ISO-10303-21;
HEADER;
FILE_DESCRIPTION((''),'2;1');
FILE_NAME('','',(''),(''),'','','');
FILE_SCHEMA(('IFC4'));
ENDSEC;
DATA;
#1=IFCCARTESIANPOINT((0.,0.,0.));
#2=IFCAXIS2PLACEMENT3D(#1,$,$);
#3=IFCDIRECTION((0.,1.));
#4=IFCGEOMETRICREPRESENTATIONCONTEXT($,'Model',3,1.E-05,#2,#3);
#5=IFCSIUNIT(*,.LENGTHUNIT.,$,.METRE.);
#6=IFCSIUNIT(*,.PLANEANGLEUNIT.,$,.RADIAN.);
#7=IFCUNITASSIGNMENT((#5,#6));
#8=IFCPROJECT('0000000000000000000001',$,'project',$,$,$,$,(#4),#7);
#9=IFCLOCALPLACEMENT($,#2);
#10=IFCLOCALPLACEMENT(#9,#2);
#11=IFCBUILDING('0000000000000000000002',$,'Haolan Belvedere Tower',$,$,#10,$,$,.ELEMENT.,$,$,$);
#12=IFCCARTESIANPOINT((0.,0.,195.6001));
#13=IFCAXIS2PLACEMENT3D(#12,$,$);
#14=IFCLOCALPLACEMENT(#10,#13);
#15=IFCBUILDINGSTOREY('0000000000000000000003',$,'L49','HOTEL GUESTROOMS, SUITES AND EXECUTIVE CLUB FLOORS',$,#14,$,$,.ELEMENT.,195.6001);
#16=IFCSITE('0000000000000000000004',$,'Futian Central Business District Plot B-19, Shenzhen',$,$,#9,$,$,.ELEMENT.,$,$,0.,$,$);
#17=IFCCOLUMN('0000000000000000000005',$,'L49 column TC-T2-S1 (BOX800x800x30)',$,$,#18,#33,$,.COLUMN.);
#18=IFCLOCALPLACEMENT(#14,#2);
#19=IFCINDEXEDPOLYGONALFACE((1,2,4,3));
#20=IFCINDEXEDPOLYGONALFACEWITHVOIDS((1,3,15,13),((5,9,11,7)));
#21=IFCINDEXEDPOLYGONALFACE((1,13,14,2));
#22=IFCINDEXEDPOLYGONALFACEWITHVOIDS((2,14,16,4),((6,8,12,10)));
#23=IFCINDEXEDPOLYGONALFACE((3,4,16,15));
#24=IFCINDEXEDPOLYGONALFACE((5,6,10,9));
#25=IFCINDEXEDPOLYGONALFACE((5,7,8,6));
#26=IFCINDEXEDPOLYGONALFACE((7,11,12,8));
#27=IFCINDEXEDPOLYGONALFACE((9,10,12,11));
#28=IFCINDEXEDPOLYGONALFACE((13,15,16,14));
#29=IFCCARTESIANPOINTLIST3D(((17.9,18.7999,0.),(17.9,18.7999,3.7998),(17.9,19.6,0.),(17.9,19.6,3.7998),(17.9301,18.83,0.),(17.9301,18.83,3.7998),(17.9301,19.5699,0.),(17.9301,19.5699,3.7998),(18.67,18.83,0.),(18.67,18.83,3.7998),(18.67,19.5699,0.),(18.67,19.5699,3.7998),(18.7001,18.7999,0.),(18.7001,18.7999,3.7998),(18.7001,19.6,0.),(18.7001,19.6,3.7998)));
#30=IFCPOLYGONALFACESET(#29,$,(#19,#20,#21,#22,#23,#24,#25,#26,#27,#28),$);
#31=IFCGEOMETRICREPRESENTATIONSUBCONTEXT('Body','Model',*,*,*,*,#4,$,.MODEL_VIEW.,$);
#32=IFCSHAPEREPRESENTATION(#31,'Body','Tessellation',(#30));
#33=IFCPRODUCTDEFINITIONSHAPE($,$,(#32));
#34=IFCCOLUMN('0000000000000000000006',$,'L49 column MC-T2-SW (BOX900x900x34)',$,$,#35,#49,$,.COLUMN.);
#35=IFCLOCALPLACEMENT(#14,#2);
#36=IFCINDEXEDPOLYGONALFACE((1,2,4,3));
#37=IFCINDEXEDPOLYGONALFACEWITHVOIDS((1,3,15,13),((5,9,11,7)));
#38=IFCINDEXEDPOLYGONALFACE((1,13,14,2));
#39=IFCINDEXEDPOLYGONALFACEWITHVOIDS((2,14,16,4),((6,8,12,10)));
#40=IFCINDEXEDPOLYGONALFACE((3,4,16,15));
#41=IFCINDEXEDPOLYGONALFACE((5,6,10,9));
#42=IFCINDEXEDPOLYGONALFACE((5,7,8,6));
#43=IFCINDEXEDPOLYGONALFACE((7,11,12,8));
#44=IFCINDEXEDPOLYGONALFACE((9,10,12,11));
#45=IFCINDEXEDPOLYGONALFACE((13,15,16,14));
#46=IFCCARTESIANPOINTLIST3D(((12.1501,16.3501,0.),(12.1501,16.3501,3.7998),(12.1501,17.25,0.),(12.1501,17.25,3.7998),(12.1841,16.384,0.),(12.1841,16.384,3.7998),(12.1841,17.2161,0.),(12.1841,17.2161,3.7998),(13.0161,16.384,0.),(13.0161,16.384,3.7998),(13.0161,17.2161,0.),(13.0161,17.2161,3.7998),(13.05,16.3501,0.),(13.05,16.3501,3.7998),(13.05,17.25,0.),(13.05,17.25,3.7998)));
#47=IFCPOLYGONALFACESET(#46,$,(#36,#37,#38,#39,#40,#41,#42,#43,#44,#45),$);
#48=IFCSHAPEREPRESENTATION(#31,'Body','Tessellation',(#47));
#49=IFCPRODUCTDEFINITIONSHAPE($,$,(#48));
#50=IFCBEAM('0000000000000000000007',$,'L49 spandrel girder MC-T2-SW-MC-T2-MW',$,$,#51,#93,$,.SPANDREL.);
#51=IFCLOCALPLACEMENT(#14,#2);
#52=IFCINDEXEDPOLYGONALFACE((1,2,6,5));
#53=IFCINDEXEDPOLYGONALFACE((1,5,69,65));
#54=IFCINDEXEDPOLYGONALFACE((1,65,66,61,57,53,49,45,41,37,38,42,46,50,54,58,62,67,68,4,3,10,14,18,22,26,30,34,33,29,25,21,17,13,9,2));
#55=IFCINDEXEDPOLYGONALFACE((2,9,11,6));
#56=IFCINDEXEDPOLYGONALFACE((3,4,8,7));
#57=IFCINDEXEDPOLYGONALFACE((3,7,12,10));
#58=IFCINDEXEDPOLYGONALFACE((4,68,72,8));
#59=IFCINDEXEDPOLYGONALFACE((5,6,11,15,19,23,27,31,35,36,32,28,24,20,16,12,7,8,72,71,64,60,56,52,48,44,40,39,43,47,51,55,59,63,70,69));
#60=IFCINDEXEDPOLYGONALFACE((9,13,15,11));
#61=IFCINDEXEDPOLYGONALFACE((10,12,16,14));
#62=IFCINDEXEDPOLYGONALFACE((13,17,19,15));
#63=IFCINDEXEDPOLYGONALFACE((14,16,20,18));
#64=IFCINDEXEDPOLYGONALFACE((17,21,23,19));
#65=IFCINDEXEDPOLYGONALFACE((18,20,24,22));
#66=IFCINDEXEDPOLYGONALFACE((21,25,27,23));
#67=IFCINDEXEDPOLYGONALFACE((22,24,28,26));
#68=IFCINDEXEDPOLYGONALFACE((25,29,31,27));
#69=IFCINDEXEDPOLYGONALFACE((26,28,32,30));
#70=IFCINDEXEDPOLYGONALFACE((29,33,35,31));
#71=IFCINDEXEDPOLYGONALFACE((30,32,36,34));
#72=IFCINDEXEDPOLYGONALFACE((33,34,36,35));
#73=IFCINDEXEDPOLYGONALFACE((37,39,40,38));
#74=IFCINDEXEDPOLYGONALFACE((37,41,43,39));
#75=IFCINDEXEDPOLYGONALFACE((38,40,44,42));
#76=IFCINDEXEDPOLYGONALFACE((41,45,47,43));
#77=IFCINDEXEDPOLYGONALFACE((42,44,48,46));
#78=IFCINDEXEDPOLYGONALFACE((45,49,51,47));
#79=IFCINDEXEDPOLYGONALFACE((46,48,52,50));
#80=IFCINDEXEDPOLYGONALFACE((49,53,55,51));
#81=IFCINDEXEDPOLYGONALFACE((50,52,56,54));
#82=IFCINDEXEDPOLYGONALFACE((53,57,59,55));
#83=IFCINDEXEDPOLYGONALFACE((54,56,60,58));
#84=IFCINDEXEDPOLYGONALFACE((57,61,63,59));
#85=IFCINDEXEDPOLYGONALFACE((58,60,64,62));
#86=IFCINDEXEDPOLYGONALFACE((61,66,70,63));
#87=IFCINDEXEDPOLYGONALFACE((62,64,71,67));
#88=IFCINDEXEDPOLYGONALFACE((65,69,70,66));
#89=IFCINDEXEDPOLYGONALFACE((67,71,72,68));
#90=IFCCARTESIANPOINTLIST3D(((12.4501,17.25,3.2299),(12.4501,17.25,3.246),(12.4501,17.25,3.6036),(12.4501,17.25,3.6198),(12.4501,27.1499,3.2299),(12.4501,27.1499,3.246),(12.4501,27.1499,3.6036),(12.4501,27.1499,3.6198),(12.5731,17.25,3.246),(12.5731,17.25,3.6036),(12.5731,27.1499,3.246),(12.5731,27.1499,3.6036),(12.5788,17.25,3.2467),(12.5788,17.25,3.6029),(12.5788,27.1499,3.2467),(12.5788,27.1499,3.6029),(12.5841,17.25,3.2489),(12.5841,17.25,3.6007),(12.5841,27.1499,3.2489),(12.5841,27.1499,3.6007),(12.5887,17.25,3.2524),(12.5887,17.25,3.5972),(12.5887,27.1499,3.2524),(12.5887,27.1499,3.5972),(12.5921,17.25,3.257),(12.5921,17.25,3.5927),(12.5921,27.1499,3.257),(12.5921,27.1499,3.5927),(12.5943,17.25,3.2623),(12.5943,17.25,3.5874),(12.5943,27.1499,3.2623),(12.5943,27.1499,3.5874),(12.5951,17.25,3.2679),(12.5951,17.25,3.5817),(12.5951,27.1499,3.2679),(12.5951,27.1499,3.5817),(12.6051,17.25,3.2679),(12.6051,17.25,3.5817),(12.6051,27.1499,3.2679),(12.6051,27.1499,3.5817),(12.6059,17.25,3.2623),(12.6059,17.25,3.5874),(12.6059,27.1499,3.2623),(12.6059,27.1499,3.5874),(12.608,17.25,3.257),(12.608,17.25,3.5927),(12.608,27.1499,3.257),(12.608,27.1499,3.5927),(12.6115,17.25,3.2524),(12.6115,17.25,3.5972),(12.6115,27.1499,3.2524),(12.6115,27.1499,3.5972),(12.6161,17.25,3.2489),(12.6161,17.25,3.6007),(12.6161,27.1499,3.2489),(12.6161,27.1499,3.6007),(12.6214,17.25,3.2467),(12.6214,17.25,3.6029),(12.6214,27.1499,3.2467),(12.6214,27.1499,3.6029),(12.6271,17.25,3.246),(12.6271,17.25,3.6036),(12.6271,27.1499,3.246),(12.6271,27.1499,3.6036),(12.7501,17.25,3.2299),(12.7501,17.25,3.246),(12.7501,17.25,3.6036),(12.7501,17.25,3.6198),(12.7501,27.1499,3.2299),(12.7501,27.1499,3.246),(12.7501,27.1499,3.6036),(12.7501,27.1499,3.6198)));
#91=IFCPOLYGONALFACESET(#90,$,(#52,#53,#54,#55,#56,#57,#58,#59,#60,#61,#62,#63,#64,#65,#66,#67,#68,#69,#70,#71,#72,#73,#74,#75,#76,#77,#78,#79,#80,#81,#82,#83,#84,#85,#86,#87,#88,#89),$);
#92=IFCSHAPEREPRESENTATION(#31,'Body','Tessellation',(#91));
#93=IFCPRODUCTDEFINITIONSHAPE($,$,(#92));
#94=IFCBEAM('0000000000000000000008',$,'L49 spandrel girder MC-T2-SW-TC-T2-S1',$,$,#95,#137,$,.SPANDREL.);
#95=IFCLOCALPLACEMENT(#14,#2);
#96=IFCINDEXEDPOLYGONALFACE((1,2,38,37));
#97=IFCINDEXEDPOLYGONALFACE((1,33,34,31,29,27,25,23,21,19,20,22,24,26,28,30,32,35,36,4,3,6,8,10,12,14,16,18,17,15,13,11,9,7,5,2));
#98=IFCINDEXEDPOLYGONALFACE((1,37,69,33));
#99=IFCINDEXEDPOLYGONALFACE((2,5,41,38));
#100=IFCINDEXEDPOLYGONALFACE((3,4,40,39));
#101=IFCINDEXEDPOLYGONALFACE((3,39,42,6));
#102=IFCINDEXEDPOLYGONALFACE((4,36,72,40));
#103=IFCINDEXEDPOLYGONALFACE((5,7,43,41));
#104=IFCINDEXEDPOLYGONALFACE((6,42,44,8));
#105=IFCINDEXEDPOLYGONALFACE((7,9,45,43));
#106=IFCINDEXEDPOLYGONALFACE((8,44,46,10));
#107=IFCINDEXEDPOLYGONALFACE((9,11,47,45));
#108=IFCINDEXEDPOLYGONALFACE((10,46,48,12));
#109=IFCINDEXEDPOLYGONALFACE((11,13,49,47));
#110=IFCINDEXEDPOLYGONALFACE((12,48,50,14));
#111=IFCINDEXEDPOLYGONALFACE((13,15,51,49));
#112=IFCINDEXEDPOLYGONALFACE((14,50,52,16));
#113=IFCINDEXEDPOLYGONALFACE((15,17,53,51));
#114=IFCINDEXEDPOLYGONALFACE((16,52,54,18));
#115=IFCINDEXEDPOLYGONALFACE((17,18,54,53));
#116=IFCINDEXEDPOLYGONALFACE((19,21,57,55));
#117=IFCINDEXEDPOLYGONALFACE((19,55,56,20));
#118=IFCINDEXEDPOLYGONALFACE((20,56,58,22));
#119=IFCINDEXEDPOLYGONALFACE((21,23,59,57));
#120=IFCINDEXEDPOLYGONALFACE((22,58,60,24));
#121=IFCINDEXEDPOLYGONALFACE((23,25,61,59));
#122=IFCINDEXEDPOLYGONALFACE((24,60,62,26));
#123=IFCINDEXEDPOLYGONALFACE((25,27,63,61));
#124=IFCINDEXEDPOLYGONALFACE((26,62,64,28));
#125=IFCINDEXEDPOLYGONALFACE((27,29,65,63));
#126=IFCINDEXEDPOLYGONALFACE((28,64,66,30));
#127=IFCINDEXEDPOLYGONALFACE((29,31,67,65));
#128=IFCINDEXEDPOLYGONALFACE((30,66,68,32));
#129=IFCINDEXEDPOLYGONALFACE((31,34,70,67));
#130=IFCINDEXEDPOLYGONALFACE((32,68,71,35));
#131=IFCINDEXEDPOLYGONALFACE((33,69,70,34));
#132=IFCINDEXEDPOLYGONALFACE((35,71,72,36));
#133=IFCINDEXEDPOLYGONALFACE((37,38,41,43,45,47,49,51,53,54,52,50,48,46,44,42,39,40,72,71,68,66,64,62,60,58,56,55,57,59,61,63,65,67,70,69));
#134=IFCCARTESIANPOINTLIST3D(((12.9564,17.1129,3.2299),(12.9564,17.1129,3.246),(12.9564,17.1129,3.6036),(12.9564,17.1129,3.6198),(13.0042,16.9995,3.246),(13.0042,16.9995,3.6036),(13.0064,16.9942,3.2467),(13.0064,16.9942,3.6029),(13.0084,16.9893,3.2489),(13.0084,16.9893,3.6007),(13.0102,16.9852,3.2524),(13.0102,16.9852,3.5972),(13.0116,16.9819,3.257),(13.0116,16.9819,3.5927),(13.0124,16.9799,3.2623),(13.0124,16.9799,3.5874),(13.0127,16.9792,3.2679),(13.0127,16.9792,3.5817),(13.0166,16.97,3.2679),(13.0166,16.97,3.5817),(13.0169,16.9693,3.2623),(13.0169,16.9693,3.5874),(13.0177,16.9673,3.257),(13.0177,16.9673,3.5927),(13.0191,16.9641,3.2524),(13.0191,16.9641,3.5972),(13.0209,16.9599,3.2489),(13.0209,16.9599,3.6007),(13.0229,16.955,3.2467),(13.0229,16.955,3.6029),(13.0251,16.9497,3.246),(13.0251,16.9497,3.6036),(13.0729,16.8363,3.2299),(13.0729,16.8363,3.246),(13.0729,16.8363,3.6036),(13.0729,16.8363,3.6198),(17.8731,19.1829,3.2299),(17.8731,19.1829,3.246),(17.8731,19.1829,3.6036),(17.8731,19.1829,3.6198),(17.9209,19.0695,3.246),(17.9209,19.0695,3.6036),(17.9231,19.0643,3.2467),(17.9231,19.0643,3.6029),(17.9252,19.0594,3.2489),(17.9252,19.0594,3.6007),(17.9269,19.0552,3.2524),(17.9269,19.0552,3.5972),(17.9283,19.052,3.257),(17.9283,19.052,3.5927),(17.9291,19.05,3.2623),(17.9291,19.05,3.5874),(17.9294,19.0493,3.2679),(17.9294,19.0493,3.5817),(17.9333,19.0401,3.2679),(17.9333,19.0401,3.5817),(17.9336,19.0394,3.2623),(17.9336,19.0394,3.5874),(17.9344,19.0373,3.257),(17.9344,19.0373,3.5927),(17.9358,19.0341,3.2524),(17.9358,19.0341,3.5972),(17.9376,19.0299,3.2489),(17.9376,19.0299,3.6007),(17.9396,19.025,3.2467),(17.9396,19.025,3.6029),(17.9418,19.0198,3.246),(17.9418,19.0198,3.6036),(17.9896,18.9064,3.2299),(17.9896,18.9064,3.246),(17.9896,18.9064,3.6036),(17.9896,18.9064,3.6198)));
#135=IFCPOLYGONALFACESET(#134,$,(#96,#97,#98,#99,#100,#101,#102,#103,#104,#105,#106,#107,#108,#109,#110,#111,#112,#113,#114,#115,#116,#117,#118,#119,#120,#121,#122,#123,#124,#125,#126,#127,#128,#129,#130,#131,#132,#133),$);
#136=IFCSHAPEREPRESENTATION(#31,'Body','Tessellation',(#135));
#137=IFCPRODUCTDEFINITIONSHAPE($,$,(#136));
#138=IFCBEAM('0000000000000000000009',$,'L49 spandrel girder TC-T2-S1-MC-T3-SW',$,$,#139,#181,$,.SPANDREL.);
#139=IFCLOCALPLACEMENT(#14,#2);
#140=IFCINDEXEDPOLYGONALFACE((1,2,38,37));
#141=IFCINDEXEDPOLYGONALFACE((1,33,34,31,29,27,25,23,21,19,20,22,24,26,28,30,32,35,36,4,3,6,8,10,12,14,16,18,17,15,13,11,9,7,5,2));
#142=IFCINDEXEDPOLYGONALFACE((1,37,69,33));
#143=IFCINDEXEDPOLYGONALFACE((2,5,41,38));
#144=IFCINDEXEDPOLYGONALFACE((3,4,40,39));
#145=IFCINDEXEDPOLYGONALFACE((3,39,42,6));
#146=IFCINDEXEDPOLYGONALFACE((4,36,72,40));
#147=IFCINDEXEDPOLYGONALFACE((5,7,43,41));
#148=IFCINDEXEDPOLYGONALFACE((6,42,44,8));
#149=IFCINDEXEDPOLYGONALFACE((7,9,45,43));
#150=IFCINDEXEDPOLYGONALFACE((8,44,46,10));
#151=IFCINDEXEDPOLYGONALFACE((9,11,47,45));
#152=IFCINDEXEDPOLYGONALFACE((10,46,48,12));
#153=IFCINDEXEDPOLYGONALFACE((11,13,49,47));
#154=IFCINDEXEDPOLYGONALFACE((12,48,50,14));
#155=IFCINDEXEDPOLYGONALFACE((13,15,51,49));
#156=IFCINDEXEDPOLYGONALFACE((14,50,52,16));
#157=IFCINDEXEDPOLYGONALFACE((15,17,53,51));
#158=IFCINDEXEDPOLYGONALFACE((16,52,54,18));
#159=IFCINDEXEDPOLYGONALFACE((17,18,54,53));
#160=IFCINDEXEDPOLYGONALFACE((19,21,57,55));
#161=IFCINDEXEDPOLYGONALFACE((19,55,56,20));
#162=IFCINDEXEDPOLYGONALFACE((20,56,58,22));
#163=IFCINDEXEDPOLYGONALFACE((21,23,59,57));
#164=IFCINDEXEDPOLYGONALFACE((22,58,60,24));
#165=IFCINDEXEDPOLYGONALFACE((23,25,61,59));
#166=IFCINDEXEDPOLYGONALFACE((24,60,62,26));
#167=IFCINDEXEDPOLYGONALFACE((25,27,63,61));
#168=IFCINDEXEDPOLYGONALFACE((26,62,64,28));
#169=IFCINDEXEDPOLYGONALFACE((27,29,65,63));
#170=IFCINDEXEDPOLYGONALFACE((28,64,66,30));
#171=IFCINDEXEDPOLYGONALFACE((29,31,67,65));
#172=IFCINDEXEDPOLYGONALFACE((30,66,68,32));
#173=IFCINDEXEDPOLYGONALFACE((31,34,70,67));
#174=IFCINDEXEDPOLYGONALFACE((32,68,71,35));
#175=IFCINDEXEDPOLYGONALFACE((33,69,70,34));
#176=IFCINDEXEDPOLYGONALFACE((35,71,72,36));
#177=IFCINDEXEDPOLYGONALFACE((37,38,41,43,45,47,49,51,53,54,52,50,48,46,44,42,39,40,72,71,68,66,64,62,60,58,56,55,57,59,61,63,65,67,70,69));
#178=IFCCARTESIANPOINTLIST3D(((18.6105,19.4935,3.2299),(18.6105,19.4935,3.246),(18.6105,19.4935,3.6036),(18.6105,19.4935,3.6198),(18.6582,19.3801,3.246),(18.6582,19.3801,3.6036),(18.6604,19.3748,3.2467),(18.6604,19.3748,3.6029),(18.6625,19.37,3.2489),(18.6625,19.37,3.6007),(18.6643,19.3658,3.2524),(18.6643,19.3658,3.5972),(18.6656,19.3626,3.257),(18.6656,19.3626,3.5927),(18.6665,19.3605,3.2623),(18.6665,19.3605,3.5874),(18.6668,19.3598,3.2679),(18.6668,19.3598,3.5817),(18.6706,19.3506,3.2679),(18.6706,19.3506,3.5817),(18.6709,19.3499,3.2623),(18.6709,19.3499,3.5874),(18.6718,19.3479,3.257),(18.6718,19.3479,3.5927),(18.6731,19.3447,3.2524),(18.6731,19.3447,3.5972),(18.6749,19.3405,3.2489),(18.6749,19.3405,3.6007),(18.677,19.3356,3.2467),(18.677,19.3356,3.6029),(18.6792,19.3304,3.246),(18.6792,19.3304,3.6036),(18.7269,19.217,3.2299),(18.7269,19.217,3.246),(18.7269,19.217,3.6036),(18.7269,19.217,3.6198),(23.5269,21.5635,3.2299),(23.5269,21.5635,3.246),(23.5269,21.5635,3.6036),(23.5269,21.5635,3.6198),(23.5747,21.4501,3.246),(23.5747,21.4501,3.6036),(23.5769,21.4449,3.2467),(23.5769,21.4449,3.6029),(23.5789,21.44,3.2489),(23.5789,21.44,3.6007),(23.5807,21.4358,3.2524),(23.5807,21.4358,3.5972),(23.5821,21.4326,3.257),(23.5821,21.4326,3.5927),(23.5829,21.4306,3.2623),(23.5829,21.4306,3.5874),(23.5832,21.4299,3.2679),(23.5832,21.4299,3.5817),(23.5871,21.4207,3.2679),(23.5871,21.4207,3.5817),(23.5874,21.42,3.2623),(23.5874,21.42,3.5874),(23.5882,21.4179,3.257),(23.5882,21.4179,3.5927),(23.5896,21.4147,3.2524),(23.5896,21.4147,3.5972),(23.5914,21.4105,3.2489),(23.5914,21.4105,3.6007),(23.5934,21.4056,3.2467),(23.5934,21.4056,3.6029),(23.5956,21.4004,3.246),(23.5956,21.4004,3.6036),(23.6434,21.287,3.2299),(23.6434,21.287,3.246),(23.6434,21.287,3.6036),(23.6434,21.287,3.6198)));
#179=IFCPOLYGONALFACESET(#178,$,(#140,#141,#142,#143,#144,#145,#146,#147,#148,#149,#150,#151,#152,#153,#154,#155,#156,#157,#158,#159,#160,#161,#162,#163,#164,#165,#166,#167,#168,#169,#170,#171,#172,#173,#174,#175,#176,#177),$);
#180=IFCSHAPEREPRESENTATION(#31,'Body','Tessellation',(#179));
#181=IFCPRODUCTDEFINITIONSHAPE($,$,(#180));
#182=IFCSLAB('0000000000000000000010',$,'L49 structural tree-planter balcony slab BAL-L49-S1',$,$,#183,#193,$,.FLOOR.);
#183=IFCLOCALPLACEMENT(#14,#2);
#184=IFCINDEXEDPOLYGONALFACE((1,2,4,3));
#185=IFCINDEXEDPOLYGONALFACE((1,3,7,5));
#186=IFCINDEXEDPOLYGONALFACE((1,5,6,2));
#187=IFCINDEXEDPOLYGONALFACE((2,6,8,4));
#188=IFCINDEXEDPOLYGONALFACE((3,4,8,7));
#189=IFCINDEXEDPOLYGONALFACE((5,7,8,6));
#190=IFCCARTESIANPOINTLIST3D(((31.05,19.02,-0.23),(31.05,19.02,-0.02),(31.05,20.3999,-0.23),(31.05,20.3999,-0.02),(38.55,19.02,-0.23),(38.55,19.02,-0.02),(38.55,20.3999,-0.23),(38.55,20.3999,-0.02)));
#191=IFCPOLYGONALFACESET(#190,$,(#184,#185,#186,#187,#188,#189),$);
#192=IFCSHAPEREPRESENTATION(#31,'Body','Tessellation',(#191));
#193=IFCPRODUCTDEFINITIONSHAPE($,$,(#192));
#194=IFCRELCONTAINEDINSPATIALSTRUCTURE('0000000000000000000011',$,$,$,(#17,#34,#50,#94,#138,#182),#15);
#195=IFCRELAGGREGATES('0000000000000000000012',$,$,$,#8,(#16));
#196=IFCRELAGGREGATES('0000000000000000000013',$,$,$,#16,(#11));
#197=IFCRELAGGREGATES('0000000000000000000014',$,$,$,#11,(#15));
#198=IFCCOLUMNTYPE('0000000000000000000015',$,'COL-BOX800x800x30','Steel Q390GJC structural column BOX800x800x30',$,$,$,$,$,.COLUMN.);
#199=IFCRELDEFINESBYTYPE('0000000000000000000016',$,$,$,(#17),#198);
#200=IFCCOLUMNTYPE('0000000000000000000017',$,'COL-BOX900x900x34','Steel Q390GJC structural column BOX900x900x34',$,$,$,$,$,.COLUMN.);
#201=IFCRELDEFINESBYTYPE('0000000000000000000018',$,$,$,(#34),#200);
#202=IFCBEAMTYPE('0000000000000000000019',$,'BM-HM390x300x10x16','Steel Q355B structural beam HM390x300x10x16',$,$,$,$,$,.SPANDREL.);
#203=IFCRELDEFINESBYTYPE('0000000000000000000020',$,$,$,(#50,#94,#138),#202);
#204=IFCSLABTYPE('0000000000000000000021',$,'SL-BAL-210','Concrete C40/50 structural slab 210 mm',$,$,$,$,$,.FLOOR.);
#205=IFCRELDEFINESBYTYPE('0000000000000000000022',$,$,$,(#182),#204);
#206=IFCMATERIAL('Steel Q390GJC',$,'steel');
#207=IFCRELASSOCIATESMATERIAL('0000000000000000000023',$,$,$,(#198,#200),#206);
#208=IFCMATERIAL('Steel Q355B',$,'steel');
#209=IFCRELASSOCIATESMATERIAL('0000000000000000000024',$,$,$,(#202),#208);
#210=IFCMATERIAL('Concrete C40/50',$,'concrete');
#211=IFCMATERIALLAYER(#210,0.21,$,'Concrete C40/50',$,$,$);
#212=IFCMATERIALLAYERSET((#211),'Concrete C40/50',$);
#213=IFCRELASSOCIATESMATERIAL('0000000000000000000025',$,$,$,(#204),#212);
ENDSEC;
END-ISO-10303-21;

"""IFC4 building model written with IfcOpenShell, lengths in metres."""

from ifc_helpers import new_model, si_unit, direction, frame, origin, origin_2d, place, context, subcontext, project, spatial, polyline, hollow_rectangle, i_section, outline, extrude, material, layer, layer_set, material_profile, profile_set, type_object, element, save


model = new_model("IFC4")

# Units and contexts
model_context = context("Model", 3, precision=1e-05, world=origin(), true_north=direction((0.0, 1.0)))
body_context = subcontext(model_context, "Body", "Model", "MODEL_VIEW")
ifc_project = project(units=[si_unit("LENGTHUNIT", "METRE"), si_unit("PLANEANGLEUNIT", "RADIAN")], contexts=[model_context])

# Site, building, storey
site_placement = place(None, origin())
site = spatial("IfcSite", under=ifc_project, at=site_placement, Name="Futian Central Business District Plot B-19, Shenzhen", CompositionType="ELEMENT", RefElevation=0.0)
building_placement = place(site_placement, origin())
building = spatial("IfcBuilding", under=site, at=building_placement, Name="Haolan Belvedere Tower", CompositionType="ELEMENT")
storey_placement = place(building_placement, frame((0.0, 0.0, 195.6001)))
storey = spatial("IfcBuildingStorey", under=building, at=storey_placement, Name="L49", Description="HOTEL GUESTROOMS, SUITES AND EXECUTIVE CLUB FLOORS", CompositionType="ELEMENT", Elevation=195.6001)

# Columns
ifc_material_1 = material(Name="Steel Q390GJC", Category="steel")
ifc_material_profile_1 = material_profile(ifc_material_1, hollow_rectangle(XDim=0.8, YDim=0.8, WallThickness=0.03, at=origin_2d()), Name="Steel Q390GJC")
ifc_profile_set_1 = profile_set([ifc_material_profile_1], Name="Steel Q390GJC")
column_type_1 = type_object("IfcColumnType", Name="COL-BOX800x800x30", Description="Steel Q390GJC structural column BOX800x800x30", PredefinedType="COLUMN", material=ifc_profile_set_1)
column_1_placement = place(storey_placement, frame((18.3, 19.2, 0.0), z_axis=(0.0, 0.0, 1.0), x_axis=(1.0, 0.0, 0.0)))
element("IfcColumn", 1, at=column_1_placement, inside=storey, type_object=column_type_1, Name="L49 column TC-T2-S1 (BOX800x800x30)", PredefinedType="COLUMN", context=body_context, shape_type="SweptSolid", body=[
    extrude(hollow_rectangle(XDim=0.8, YDim=0.8, WallThickness=0.03, at=origin_2d()), origin(), (0.0, 0.0, 1.0), 3.7998),
])
ifc_material_profile_2 = material_profile(ifc_material_1, hollow_rectangle(XDim=0.8999, YDim=0.8999, WallThickness=0.0339, at=origin_2d()), Name="Steel Q390GJC")
ifc_profile_set_2 = profile_set([ifc_material_profile_2], Name="Steel Q390GJC")
column_type_2 = type_object("IfcColumnType", Name="COL-BOX900x900x34", Description="Steel Q390GJC structural column BOX900x900x34", PredefinedType="COLUMN", material=ifc_profile_set_2)
column_2_placement = place(storey_placement, frame((12.6001, 16.8, 0.0), z_axis=(0.0, 0.0, 1.0), x_axis=(1.0, 0.0, 0.0)))
element("IfcColumn", 2, at=column_2_placement, inside=storey, type_object=column_type_2, Name="L49 column MC-T2-SW (BOX900x900x34)", PredefinedType="COLUMN", context=body_context, shape_type="SweptSolid", body=[
    extrude(hollow_rectangle(XDim=0.8999, YDim=0.8999, WallThickness=0.0339, at=origin_2d()), origin(), (0.0, 0.0, 1.0), 3.7998),
])

# Beams
ifc_material_2 = material(Name="Steel Q355B", Category="steel")
ifc_material_profile_3 = material_profile(ifc_material_2, i_section(OverallWidth=0.3, OverallDepth=0.3899, WebThickness=0.01, FlangeThickness=0.0161, FilletRadius=0.022, at=origin_2d()), Name="Steel Q355B")
ifc_profile_set_3 = profile_set([ifc_material_profile_3], Name="Steel Q355B")
beam_type = type_object("IfcBeamType", Name="BM-HM390x300x10x16", Description="Steel Q355B structural beam HM390x300x10x16", PredefinedType="SPANDREL", material=ifc_profile_set_3)
beam_1_placement = place(storey_placement, frame((12.6001, 17.25, 3.4248), z_axis=(0.0, 1.0, 0.0), x_axis=(-1.0, 0.0, 0.0)))
element("IfcBeam", 3, at=beam_1_placement, inside=storey, type_object=beam_type, Name="L49 spandrel girder MC-T2-SW-MC-T2-MW", PredefinedType="SPANDREL", context=body_context, shape_type="SweptSolid", body=[
    extrude(i_section(OverallWidth=0.3, OverallDepth=0.3899, WebThickness=0.01, FlangeThickness=0.0161, FilletRadius=0.022, at=origin_2d()), origin(), (0.0, 0.0, 1.0), 9.8999),
])
beam_2_placement = place(storey_placement, frame((13.0146, 16.9746, 3.4248), z_axis=(0.921645, 0.388034, 0.0), x_axis=(-0.388034, 0.921645, 0.0)))
element("IfcBeam", 4, at=beam_2_placement, inside=storey, type_object=beam_type, Name="L49 spandrel girder MC-T2-SW-TC-T2-S1", PredefinedType="SPANDREL", context=body_context, shape_type="SweptSolid", body=[
    extrude(i_section(OverallWidth=0.3, OverallDepth=0.3899, WebThickness=0.01, FlangeThickness=0.0161, FilletRadius=0.022, at=origin_2d()), origin(), (0.0, 0.0, 1.0), 5.3347),
])
beam_3_placement = place(storey_placement, frame((18.6687, 19.3552, 3.4248), z_axis=(0.921638, 0.388051, 0.0), x_axis=(-0.388051, 0.921638, 0.0)))
element("IfcBeam", 5, at=beam_3_placement, inside=storey, type_object=beam_type, Name="L49 spandrel girder TC-T2-S1-MC-T3-SW", PredefinedType="SPANDREL", context=body_context, shape_type="SweptSolid", body=[
    extrude(i_section(OverallWidth=0.3, OverallDepth=0.3899, WebThickness=0.01, FlangeThickness=0.0161, FilletRadius=0.022, at=origin_2d()), origin(), (0.0, 0.0, 1.0), 5.3345),
])

# Slab
ifc_material_3 = material(Name="Concrete C40/50", Category="concrete")
ifc_layer_1 = layer(ifc_material_3, 0.21, Name="Concrete C40/50")
ifc_layer_set_1 = layer_set([ifc_layer_1], Name="Concrete C40/50")
slab_type_1 = type_object("IfcSlabType", Name="SL-BAL-210", Description="Concrete C40/50 structural slab 210 mm", PredefinedType="FLOOR", material=ifc_layer_set_1)
slab_1_placement = place(storey_placement, frame((0.0, 0.0, -0.23)))
element("IfcSlab", 6, at=slab_1_placement, inside=storey, type_object=slab_type_1, Name="L49 structural tree-planter balcony slab BAL-L49-S1", PredefinedType="FLOOR", context=body_context, shape_type="SweptSolid", body=[
    extrude(outline(polyline([(31.05, 19.02), (38.55, 19.02), (38.55, 20.3999), (31.05, 20.3999), (31.05, 19.02)])), origin(), (0.0, 0.0, 1.0), 0.21),
])

save(model, "model.ifc")
